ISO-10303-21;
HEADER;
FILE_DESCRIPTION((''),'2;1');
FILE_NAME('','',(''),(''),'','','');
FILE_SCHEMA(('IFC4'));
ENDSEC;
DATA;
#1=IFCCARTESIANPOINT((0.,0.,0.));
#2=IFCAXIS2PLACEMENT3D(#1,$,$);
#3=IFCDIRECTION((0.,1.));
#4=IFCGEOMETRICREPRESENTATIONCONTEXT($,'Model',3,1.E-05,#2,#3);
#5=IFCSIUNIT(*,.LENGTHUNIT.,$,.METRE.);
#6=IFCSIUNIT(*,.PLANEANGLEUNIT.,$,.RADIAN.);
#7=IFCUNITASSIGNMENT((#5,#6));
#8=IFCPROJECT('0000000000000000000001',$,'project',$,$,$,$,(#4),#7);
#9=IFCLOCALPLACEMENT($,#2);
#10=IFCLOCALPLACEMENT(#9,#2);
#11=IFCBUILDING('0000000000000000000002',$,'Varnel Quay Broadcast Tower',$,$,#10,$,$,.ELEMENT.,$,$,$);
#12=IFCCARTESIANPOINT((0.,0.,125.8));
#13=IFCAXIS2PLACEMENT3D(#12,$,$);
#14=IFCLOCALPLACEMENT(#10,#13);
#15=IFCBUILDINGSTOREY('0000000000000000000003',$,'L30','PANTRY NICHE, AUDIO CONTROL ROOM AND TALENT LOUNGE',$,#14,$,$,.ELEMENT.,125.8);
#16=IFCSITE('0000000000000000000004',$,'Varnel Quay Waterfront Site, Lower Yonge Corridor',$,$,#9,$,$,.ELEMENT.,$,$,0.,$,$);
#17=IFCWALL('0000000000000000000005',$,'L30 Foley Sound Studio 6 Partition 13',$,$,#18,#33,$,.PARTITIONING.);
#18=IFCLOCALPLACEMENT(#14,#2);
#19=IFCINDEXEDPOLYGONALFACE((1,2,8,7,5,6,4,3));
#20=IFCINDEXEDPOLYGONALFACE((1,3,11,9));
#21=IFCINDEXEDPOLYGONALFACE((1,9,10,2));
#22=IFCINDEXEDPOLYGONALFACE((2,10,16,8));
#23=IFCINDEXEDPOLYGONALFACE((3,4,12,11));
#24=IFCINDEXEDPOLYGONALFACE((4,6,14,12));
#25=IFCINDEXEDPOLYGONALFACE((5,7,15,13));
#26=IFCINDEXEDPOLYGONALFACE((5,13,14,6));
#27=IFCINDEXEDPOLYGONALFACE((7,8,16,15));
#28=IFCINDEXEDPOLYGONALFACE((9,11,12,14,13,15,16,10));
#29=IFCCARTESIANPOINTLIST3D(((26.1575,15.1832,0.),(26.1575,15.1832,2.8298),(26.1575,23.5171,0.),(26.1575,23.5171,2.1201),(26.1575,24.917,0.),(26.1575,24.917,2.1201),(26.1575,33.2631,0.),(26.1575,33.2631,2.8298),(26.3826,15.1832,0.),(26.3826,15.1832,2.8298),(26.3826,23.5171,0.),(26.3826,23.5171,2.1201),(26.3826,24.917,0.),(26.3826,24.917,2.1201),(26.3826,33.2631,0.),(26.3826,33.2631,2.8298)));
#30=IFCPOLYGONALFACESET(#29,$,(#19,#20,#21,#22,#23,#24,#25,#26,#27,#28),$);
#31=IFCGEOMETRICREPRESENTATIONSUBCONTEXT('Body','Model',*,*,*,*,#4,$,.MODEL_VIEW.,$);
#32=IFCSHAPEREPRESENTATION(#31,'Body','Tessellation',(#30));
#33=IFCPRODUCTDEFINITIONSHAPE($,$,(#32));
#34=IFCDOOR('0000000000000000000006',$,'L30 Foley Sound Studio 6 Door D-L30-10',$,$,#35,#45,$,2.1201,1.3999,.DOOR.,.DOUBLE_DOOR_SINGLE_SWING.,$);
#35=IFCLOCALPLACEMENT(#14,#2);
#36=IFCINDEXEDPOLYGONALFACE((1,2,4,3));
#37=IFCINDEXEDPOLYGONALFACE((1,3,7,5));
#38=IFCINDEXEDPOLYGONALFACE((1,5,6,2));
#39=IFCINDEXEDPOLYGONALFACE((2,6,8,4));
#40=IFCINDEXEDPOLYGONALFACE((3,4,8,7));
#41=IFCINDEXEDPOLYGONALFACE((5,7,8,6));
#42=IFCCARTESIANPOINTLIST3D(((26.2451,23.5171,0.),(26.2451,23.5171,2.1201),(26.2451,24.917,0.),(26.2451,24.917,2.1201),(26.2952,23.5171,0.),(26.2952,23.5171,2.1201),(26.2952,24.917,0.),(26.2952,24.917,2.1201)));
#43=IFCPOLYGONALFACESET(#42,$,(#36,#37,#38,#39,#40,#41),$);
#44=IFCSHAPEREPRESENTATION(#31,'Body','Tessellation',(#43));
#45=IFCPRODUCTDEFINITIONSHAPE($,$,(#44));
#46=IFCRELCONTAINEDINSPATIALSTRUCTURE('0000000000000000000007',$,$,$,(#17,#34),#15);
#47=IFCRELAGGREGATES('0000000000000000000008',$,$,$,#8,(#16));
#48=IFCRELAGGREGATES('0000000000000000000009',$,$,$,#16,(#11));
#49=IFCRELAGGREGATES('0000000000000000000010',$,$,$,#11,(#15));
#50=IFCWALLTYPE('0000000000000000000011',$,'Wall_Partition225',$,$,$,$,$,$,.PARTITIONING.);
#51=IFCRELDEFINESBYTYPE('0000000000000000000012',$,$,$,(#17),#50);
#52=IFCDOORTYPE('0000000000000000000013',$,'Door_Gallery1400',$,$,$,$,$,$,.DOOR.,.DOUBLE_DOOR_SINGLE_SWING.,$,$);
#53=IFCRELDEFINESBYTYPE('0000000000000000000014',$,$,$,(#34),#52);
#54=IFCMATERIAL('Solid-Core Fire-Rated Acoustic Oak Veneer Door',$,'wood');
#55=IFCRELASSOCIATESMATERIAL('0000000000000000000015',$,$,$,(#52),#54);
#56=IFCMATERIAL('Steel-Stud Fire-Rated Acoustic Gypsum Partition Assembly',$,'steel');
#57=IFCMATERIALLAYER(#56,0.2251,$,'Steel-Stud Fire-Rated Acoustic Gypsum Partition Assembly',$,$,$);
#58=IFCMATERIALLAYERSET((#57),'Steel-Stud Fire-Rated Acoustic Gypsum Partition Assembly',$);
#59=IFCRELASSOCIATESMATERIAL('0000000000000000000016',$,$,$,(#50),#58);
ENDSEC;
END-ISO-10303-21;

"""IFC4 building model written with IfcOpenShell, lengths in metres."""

from ifc_helpers import new_model, si_unit, direction, frame, frame_2d, origin, place, context, subcontext, project, spatial, rectangle, extrude, source, transform, mapped, material, layer, layer_set, type_object, type_shapes, element, fill, save


model = new_model("IFC4")

# Units and contexts
model_context = context("Model", 3, precision=1e-05, world=origin(), true_north=direction((0.0, 1.0)))
body_context = subcontext(model_context, "Body", "Model", "MODEL_VIEW")
ifc_project = project(units=[si_unit("LENGTHUNIT", "METRE"), si_unit("PLANEANGLEUNIT", "RADIAN")], contexts=[model_context])

# Site, building, storey
site_placement = place(None, origin())
site = spatial("IfcSite", under=ifc_project, at=site_placement, Name="Varnel Quay Waterfront Site, Lower Yonge Corridor", CompositionType="ELEMENT", RefElevation=0.0)
building_placement = place(site_placement, origin())
building = spatial("IfcBuilding", under=site, at=building_placement, Name="Varnel Quay Broadcast Tower", CompositionType="ELEMENT")
storey_placement = place(building_placement, frame((0.0, 0.0, 125.8)))
storey = spatial("IfcBuildingStorey", under=building, at=storey_placement, Name="L30", Description="PANTRY NICHE, AUDIO CONTROL ROOM AND TALENT LOUNGE", CompositionType="ELEMENT", Elevation=125.8)

# Shared definitions
ifc_material_1 = material(Name="Steel-Stud Fire-Rated Acoustic Gypsum Partition Assembly", Category="steel")

# Shared definitions
ifc_material_2 = material(Name="Solid-Core Fire-Rated Acoustic Oak Veneer Door", Category="wood")
door_type_1 = type_object("IfcDoorType", Name="Door_Gallery1400", OperationType="DOUBLE_DOOR_SINGLE_SWING", PredefinedType="DOOR", material=ifc_material_2)
shared_shape_1 = source(origin(), body_context, "Body", "SweptSolid", [
    extrude(rectangle(XDim=1.3999, YDim=2.1201, at=frame_2d((0.7, 1.0601))), frame((0.0, 0.0249, 0.0), z_axis=(0.0, -1.0, 0.0), x_axis=(1.0, 0.0, 0.0)), (0.0, 0.0, 1.0), 0.05),
])
type_shapes(door_type_1, [shared_shape_1])

# Shared definitions
ifc_layer_1 = layer(ifc_material_1, 0.2251, Name="Steel-Stud Fire-Rated Acoustic Gypsum Partition Assembly")
ifc_layer_set_1 = layer_set([ifc_layer_1], Name="Steel-Stud Fire-Rated Acoustic Gypsum Partition Assembly")
wall_type_1 = type_object("IfcWallType", Name="Wall_Partition225", PredefinedType="PARTITIONING", material=ifc_layer_set_1)

# Wall, opening, door
wall_1_placement = place(storey_placement, frame((26.27, 15.1831, 0.0), z_axis=(0.0, 0.0, 1.0), x_axis=(0.0, 1.0, 0.0)))
wall_1 = element("IfcWall", 1, at=wall_1_placement, inside=storey, type_object=wall_type_1, Name="L30 Foley Sound Studio 6 Partition 13", PredefinedType="PARTITIONING", context=body_context, shape_type="SweptSolid", body=[
    extrude(rectangle(XDim=18.0798, YDim=0.2251, at=frame_2d((9.04, 0.0))), origin(), (0.0, 0.0, 1.0), 2.8298),
])
opening_1_placement = place(wall_1_placement, frame((8.334, 0.0, 0.0)))
opening_1 = element("IfcOpeningElement", 2, at=opening_1_placement, cuts=wall_1, PredefinedType="OPENING", context=body_context, shape_type="SweptSolid", body=[
    extrude(rectangle(XDim=1.3999, YDim=2.1201, at=frame_2d((0.7, 1.0601))), frame((0.0, 0.1226, 0.0), z_axis=(0.0, -1.0, 0.0), x_axis=(1.0, 0.0, 0.0)), (0.0, 0.0, 1.0), 0.2451),
])
door_1_placement = place(opening_1_placement, origin())
door_1 = element("IfcDoor", 3, at=door_1_placement, inside=storey, type_object=door_type_1, Name="L30 Foley Sound Studio 6 Door D-L30-10", OperationType="DOUBLE_DOOR_SINGLE_SWING", OverallHeight=2.1201, OverallWidth=1.3999, PredefinedType="DOOR", context=body_context, shape_type="MappedRepresentation", body=[
    mapped(shared_shape_1, transform((0.0, 0.0, 0.0), x_axis=(1.0, 0.0, 0.0), y_axis=(0.0, 1.0, 0.0), z_axis=(0.0, 0.0, 1.0), scale=1.0)),
])
fill(opening_1, door_1)

save(model, "model.ifc")
